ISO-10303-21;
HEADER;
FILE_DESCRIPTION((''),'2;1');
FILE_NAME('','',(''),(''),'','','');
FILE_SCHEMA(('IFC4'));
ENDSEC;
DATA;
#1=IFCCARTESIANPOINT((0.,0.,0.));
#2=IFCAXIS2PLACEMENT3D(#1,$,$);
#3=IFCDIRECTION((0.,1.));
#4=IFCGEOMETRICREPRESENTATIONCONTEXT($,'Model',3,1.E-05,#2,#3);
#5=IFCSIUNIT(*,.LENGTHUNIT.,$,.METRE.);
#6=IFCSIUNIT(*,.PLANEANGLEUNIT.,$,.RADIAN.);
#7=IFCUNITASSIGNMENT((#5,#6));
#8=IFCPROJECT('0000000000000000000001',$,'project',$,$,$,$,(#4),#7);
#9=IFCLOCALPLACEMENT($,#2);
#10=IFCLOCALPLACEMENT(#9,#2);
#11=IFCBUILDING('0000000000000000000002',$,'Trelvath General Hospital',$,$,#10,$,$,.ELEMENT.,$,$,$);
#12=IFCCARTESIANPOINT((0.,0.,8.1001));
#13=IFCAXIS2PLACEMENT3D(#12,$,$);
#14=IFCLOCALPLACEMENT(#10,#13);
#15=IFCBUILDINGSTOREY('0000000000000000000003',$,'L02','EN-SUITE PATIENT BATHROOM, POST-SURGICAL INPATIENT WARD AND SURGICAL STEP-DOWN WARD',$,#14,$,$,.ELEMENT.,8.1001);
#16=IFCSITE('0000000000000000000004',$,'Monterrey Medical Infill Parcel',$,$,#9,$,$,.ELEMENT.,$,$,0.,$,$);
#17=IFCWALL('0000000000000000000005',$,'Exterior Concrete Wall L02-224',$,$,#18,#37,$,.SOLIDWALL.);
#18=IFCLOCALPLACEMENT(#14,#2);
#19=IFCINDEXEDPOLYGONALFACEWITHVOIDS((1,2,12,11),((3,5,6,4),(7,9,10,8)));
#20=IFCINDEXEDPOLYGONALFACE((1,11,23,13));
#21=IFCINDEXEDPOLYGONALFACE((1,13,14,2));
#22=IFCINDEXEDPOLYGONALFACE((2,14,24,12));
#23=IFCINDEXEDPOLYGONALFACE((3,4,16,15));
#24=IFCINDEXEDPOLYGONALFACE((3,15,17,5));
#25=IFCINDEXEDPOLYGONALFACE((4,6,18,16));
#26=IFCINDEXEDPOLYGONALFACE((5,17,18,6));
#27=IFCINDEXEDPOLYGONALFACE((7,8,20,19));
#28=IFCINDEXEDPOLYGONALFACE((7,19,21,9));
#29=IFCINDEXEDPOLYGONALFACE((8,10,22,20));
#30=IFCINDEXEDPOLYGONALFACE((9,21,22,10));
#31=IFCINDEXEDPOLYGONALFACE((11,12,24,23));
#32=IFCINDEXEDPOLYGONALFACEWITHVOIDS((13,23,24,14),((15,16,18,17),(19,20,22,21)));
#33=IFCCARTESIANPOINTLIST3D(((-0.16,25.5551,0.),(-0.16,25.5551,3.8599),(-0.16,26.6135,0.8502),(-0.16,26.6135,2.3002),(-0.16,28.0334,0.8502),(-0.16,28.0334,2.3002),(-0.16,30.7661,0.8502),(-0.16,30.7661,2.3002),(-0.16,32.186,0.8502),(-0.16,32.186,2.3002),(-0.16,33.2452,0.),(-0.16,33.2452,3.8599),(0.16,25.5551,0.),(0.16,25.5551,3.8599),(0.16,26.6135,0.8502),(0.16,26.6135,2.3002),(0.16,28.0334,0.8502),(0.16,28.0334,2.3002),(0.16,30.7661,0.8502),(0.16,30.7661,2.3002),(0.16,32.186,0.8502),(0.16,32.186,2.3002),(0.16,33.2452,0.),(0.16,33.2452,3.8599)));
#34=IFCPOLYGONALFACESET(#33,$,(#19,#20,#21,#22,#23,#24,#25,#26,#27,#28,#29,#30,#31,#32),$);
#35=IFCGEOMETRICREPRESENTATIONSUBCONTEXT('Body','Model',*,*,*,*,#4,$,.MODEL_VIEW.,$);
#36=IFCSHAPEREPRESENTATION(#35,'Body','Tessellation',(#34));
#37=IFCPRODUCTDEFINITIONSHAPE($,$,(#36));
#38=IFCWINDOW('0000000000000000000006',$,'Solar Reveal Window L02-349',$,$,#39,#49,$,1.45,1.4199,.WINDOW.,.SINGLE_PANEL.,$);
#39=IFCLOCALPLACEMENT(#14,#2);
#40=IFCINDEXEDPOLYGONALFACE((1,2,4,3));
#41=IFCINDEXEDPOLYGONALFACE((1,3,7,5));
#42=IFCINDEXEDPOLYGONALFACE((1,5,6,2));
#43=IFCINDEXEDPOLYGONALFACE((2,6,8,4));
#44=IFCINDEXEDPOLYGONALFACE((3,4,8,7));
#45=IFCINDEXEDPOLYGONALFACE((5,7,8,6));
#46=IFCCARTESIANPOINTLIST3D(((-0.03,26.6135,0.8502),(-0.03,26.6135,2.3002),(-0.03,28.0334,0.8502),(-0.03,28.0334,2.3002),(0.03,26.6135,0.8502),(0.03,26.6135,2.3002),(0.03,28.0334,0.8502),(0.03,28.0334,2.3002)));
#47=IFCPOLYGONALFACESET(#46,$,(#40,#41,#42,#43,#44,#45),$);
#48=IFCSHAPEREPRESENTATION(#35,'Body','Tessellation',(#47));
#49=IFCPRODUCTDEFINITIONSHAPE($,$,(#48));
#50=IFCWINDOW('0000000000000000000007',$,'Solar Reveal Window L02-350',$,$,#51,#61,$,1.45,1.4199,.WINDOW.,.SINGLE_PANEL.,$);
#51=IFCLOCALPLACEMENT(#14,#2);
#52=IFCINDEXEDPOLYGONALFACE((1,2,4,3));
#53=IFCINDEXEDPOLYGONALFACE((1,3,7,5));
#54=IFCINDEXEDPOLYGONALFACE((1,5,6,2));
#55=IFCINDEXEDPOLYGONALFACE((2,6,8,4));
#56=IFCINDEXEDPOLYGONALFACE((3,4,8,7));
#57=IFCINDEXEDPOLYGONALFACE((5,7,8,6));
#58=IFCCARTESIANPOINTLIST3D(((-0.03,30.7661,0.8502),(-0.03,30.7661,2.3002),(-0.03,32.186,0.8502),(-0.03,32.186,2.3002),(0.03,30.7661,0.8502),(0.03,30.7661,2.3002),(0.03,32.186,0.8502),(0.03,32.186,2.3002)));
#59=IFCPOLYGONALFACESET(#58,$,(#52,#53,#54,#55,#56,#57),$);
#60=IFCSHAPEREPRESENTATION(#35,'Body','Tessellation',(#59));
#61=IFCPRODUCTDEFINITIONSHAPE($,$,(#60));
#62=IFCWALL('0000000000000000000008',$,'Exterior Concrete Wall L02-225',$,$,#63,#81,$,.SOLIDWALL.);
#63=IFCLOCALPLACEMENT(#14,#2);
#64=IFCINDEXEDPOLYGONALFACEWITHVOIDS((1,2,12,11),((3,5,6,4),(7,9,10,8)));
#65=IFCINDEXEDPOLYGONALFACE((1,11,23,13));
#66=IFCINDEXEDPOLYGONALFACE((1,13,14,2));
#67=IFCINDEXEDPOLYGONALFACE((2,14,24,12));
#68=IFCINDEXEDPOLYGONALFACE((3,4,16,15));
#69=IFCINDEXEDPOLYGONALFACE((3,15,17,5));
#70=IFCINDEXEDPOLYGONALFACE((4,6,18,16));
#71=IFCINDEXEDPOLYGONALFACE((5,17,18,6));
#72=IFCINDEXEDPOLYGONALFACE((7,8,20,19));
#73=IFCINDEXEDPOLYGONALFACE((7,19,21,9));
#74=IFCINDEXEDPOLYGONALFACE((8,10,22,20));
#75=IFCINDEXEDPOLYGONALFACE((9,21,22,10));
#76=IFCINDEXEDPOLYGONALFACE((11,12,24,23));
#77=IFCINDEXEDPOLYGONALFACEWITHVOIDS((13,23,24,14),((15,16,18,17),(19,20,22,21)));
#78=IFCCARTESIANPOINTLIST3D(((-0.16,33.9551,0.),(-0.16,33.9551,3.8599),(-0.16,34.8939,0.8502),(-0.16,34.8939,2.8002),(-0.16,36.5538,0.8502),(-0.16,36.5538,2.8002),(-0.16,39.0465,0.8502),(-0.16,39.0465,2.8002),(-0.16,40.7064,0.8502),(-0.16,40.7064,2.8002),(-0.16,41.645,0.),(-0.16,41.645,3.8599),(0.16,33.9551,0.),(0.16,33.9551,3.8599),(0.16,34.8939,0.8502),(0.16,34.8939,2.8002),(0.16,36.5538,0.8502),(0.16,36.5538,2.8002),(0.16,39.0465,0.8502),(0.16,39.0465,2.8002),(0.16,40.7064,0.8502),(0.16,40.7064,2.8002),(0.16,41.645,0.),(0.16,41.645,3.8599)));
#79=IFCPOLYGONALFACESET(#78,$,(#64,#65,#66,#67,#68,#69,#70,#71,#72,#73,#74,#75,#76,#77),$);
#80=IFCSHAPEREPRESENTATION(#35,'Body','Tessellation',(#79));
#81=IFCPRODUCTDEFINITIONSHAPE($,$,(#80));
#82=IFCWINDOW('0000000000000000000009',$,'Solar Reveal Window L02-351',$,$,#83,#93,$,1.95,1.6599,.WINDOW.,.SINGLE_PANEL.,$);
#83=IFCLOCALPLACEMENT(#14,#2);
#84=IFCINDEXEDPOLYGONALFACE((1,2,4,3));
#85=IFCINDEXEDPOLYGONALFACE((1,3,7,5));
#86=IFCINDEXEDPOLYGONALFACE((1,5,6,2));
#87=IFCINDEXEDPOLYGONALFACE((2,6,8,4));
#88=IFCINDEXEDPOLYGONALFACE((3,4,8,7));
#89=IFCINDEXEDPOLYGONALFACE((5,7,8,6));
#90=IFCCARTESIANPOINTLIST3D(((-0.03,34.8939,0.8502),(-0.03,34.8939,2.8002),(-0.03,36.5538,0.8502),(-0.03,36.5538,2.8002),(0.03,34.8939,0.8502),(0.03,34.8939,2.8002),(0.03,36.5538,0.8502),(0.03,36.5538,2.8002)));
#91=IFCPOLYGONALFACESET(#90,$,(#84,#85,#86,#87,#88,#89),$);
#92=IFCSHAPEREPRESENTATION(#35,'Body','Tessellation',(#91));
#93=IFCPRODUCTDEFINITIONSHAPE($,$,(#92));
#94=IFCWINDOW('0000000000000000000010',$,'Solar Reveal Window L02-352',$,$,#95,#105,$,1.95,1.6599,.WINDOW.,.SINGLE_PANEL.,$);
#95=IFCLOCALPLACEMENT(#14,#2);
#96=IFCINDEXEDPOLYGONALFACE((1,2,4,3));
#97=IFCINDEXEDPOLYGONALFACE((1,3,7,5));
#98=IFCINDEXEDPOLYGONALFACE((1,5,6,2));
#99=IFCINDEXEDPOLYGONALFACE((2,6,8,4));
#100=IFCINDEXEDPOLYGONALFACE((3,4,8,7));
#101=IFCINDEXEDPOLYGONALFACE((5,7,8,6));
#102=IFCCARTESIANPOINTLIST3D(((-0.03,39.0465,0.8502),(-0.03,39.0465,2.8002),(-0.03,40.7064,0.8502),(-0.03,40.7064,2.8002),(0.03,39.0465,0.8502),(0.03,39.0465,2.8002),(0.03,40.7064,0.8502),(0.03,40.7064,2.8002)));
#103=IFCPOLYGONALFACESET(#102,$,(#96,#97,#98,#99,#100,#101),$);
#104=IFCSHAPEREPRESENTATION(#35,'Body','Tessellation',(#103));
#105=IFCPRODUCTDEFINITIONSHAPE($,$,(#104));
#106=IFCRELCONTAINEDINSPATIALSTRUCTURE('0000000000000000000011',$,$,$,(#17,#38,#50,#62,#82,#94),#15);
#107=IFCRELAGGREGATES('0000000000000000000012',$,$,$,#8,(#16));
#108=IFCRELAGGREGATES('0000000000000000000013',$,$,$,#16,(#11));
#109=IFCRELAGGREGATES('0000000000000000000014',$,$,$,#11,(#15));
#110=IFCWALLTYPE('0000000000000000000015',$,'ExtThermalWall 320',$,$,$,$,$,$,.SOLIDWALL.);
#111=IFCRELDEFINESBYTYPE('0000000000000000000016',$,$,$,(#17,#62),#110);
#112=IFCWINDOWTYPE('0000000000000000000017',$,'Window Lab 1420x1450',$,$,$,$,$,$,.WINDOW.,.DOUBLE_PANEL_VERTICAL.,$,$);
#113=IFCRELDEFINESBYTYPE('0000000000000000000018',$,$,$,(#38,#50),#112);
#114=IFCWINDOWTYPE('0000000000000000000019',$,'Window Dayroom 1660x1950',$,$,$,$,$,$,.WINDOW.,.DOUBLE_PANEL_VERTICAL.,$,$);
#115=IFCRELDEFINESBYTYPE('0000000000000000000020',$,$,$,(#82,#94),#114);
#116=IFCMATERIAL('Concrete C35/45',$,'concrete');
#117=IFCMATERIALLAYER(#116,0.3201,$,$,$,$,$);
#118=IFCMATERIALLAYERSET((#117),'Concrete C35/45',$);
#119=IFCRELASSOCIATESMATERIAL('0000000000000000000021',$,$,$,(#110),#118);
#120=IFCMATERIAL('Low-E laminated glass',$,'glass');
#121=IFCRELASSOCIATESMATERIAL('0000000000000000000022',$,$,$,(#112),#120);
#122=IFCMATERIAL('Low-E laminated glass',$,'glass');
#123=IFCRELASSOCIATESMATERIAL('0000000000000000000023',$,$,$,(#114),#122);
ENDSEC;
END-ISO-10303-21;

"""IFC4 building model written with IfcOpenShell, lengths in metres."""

from ifc_helpers import new_model, si_unit, direction, frame, frame_2d, origin, place, context, subcontext, project, spatial, rectangle, extrude, material, layer, layer_set, type_object, element, fill, save


model = new_model("IFC4")

# Units and contexts
model_context = context("Model", 3, precision=1e-05, world=origin(), true_north=direction((0.0, 1.0)))
body_context = subcontext(model_context, "Body", "Model", "MODEL_VIEW")
ifc_project = project(units=[si_unit("LENGTHUNIT", "METRE"), si_unit("PLANEANGLEUNIT", "RADIAN")], contexts=[model_context])

# Site, building, storey
site_placement = place(None, origin())
site = spatial("IfcSite", under=ifc_project, at=site_placement, Name="Monterrey Medical Infill Parcel", CompositionType="ELEMENT", RefElevation=0.0)
building_placement = place(site_placement, origin())
building = spatial("IfcBuilding", under=site, at=building_placement, Name="Trelvath General Hospital", CompositionType="ELEMENT")
storey_placement = place(building_placement, frame((0.0, 0.0, 8.1001)))
storey = spatial("IfcBuildingStorey", under=building, at=storey_placement, Name="L02", Description="EN-SUITE PATIENT BATHROOM, POST-SURGICAL INPATIENT WARD AND SURGICAL STEP-DOWN WARD", CompositionType="ELEMENT", Elevation=8.1001)

# Walls, openings, windows
ifc_material_1 = material(Name="Concrete C35/45", Category="concrete")
ifc_layer_1 = layer(ifc_material_1, 0.3201)
ifc_layer_set_1 = layer_set([ifc_layer_1], Name="Concrete C35/45")
wall_type_1 = type_object("IfcWallType", Name="ExtThermalWall 320", PredefinedType="SOLIDWALL", material=ifc_layer_set_1)
wall_1_placement = place(storey_placement, frame((0.0, 25.5549, 0.0), z_axis=(0.0, 0.0, 1.0), x_axis=(0.0, 1.0, 0.0)))
wall_1 = element("IfcWall", 1, at=wall_1_placement, inside=storey, type_object=wall_type_1, Name="Exterior Concrete Wall L02-224", PredefinedType="SOLIDWALL", context=body_context, shape_type="SweptSolid", body=[
    extrude(rectangle(XDim=7.6902, YDim=0.3201, at=frame_2d((3.8452, 0.0))), origin(), (0.0, 0.0, 1.0), 3.8599),
])
opening_1_placement = place(wall_1_placement, frame((1.0586, 0.0, 0.8501)))
opening_1 = element("IfcOpeningElement", 2, at=opening_1_placement, cuts=wall_1, PredefinedType="OPENING", context=body_context, shape_type="SweptSolid", body=[
    extrude(rectangle(XDim=1.4199, YDim=1.45, at=frame_2d((0.71, 0.7251))), frame((0.0, 0.1699, 0.0), z_axis=(0.0, -1.0, 0.0), x_axis=(1.0, 0.0, 0.0)), (0.0, 0.0, 1.0), 0.3401),
])
opening_2_placement = place(wall_1_placement, frame((5.2112, 0.0, 0.8501)))
opening_2 = element("IfcOpeningElement", 3, at=opening_2_placement, cuts=wall_1, PredefinedType="OPENING", context=body_context, shape_type="SweptSolid", body=[
    extrude(rectangle(XDim=1.4199, YDim=1.45, at=frame_2d((0.71, 0.7251))), frame((0.0, 0.1699, 0.0), z_axis=(0.0, -1.0, 0.0), x_axis=(1.0, 0.0, 0.0)), (0.0, 0.0, 1.0), 0.3401),
])
ifc_material_2 = material(Name="Low-E laminated glass", Category="glass")
window_type_1 = type_object("IfcWindowType", Name="Window Lab 1420x1450", PartitioningType="DOUBLE_PANEL_VERTICAL", PredefinedType="WINDOW", material=ifc_material_2)
window_1_placement = place(opening_1_placement, origin())
window_1 = element("IfcWindow", 4, at=window_1_placement, inside=storey, type_object=window_type_1, Name="Solar Reveal Window L02-349", OverallHeight=1.45, OverallWidth=1.4199, PartitioningType="SINGLE_PANEL", PredefinedType="WINDOW", context=body_context, shape_type="SweptSolid", body=[
    extrude(rectangle(XDim=1.4199, YDim=1.45, at=frame_2d((0.71, 0.7251))), frame((0.0, 0.03, 0.0), z_axis=(0.0, -1.0, 0.0), x_axis=(1.0, 0.0, 0.0)), (0.0, 0.0, 1.0), 0.0601),
])
fill(opening_1, window_1)
window_2_placement = place(opening_2_placement, origin())
window_2 = element("IfcWindow", 5, at=window_2_placement, inside=storey, type_object=window_type_1, Name="Solar Reveal Window L02-350", OverallHeight=1.45, OverallWidth=1.4199, PartitioningType="SINGLE_PANEL", PredefinedType="WINDOW", context=body_context, shape_type="SweptSolid", body=[
    extrude(rectangle(XDim=1.4199, YDim=1.45, at=frame_2d((0.71, 0.7251))), frame((0.0, 0.03, 0.0), z_axis=(0.0, -1.0, 0.0), x_axis=(1.0, 0.0, 0.0)), (0.0, 0.0, 1.0), 0.0601),
])
fill(opening_2, window_2)
wall_2_placement = place(storey_placement, frame((0.0, 33.9551, 0.0), z_axis=(0.0, 0.0, 1.0), x_axis=(0.0, 1.0, 0.0)))
wall_2 = element("IfcWall", 6, at=wall_2_placement, inside=storey, type_object=wall_type_1, Name="Exterior Concrete Wall L02-225", PredefinedType="SOLIDWALL", context=body_context, shape_type="SweptSolid", body=[
    extrude(rectangle(XDim=7.6899, YDim=0.3201, at=frame_2d((3.845, 0.0))), origin(), (0.0, 0.0, 1.0), 3.8599),
])
opening_3_placement = place(wall_2_placement, frame((0.9387, 0.0, 0.8501)))
opening_3 = element("IfcOpeningElement", 7, at=opening_3_placement, cuts=wall_2, PredefinedType="OPENING", context=body_context, shape_type="SweptSolid", body=[
    extrude(rectangle(XDim=1.6599, YDim=1.95, at=frame_2d((0.8301, 0.9751))), frame((0.0, 0.1699, 0.0), z_axis=(0.0, -1.0, 0.0), x_axis=(1.0, 0.0, 0.0)), (0.0, 0.0, 1.0), 0.3401),
])
opening_4_placement = place(wall_2_placement, frame((5.0913, 0.0, 0.8501)))
opening_4 = element("IfcOpeningElement", 8, at=opening_4_placement, cuts=wall_2, PredefinedType="OPENING", context=body_context, shape_type="SweptSolid", body=[
    extrude(rectangle(XDim=1.6599, YDim=1.95, at=frame_2d((0.8301, 0.9751))), frame((0.0, 0.1699, 0.0), z_axis=(0.0, -1.0, 0.0), x_axis=(1.0, 0.0, 0.0)), (0.0, 0.0, 1.0), 0.3401),
])
ifc_material_3 = material(Name="Low-E laminated glass", Category="glass")
window_type_2 = type_object("IfcWindowType", Name="Window Dayroom 1660x1950", PartitioningType="DOUBLE_PANEL_VERTICAL", PredefinedType="WINDOW", material=ifc_material_3)
window_3_placement = place(opening_3_placement, origin())
window_3 = element("IfcWindow", 9, at=window_3_placement, inside=storey, type_object=window_type_2, Name="Solar Reveal Window L02-351", OverallHeight=1.95, OverallWidth=1.6599, PartitioningType="SINGLE_PANEL", PredefinedType="WINDOW", context=body_context, shape_type="SweptSolid", body=[
    extrude(rectangle(XDim=1.6599, YDim=1.95, at=frame_2d((0.8301, 0.9751))), frame((0.0, 0.03, 0.0), z_axis=(0.0, -1.0, 0.0), x_axis=(1.0, 0.0, 0.0)), (0.0, 0.0, 1.0), 0.0601),
])
fill(opening_3, window_3)
window_4_placement = place(opening_4_placement, origin())
window_4 = element("IfcWindow", 10, at=window_4_placement, inside=storey, type_object=window_type_2, Name="Solar Reveal Window L02-352", OverallHeight=1.95, OverallWidth=1.6599, PartitioningType="SINGLE_PANEL", PredefinedType="WINDOW", context=body_context, shape_type="SweptSolid", body=[
    extrude(rectangle(XDim=1.6599, YDim=1.95, at=frame_2d((0.8301, 0.9751))), frame((0.0, 0.03, 0.0), z_axis=(0.0, -1.0, 0.0), x_axis=(1.0, 0.0, 0.0)), (0.0, 0.0, 1.0), 0.0601),
])
fill(opening_4, window_4)

save(model, "model.ifc")
